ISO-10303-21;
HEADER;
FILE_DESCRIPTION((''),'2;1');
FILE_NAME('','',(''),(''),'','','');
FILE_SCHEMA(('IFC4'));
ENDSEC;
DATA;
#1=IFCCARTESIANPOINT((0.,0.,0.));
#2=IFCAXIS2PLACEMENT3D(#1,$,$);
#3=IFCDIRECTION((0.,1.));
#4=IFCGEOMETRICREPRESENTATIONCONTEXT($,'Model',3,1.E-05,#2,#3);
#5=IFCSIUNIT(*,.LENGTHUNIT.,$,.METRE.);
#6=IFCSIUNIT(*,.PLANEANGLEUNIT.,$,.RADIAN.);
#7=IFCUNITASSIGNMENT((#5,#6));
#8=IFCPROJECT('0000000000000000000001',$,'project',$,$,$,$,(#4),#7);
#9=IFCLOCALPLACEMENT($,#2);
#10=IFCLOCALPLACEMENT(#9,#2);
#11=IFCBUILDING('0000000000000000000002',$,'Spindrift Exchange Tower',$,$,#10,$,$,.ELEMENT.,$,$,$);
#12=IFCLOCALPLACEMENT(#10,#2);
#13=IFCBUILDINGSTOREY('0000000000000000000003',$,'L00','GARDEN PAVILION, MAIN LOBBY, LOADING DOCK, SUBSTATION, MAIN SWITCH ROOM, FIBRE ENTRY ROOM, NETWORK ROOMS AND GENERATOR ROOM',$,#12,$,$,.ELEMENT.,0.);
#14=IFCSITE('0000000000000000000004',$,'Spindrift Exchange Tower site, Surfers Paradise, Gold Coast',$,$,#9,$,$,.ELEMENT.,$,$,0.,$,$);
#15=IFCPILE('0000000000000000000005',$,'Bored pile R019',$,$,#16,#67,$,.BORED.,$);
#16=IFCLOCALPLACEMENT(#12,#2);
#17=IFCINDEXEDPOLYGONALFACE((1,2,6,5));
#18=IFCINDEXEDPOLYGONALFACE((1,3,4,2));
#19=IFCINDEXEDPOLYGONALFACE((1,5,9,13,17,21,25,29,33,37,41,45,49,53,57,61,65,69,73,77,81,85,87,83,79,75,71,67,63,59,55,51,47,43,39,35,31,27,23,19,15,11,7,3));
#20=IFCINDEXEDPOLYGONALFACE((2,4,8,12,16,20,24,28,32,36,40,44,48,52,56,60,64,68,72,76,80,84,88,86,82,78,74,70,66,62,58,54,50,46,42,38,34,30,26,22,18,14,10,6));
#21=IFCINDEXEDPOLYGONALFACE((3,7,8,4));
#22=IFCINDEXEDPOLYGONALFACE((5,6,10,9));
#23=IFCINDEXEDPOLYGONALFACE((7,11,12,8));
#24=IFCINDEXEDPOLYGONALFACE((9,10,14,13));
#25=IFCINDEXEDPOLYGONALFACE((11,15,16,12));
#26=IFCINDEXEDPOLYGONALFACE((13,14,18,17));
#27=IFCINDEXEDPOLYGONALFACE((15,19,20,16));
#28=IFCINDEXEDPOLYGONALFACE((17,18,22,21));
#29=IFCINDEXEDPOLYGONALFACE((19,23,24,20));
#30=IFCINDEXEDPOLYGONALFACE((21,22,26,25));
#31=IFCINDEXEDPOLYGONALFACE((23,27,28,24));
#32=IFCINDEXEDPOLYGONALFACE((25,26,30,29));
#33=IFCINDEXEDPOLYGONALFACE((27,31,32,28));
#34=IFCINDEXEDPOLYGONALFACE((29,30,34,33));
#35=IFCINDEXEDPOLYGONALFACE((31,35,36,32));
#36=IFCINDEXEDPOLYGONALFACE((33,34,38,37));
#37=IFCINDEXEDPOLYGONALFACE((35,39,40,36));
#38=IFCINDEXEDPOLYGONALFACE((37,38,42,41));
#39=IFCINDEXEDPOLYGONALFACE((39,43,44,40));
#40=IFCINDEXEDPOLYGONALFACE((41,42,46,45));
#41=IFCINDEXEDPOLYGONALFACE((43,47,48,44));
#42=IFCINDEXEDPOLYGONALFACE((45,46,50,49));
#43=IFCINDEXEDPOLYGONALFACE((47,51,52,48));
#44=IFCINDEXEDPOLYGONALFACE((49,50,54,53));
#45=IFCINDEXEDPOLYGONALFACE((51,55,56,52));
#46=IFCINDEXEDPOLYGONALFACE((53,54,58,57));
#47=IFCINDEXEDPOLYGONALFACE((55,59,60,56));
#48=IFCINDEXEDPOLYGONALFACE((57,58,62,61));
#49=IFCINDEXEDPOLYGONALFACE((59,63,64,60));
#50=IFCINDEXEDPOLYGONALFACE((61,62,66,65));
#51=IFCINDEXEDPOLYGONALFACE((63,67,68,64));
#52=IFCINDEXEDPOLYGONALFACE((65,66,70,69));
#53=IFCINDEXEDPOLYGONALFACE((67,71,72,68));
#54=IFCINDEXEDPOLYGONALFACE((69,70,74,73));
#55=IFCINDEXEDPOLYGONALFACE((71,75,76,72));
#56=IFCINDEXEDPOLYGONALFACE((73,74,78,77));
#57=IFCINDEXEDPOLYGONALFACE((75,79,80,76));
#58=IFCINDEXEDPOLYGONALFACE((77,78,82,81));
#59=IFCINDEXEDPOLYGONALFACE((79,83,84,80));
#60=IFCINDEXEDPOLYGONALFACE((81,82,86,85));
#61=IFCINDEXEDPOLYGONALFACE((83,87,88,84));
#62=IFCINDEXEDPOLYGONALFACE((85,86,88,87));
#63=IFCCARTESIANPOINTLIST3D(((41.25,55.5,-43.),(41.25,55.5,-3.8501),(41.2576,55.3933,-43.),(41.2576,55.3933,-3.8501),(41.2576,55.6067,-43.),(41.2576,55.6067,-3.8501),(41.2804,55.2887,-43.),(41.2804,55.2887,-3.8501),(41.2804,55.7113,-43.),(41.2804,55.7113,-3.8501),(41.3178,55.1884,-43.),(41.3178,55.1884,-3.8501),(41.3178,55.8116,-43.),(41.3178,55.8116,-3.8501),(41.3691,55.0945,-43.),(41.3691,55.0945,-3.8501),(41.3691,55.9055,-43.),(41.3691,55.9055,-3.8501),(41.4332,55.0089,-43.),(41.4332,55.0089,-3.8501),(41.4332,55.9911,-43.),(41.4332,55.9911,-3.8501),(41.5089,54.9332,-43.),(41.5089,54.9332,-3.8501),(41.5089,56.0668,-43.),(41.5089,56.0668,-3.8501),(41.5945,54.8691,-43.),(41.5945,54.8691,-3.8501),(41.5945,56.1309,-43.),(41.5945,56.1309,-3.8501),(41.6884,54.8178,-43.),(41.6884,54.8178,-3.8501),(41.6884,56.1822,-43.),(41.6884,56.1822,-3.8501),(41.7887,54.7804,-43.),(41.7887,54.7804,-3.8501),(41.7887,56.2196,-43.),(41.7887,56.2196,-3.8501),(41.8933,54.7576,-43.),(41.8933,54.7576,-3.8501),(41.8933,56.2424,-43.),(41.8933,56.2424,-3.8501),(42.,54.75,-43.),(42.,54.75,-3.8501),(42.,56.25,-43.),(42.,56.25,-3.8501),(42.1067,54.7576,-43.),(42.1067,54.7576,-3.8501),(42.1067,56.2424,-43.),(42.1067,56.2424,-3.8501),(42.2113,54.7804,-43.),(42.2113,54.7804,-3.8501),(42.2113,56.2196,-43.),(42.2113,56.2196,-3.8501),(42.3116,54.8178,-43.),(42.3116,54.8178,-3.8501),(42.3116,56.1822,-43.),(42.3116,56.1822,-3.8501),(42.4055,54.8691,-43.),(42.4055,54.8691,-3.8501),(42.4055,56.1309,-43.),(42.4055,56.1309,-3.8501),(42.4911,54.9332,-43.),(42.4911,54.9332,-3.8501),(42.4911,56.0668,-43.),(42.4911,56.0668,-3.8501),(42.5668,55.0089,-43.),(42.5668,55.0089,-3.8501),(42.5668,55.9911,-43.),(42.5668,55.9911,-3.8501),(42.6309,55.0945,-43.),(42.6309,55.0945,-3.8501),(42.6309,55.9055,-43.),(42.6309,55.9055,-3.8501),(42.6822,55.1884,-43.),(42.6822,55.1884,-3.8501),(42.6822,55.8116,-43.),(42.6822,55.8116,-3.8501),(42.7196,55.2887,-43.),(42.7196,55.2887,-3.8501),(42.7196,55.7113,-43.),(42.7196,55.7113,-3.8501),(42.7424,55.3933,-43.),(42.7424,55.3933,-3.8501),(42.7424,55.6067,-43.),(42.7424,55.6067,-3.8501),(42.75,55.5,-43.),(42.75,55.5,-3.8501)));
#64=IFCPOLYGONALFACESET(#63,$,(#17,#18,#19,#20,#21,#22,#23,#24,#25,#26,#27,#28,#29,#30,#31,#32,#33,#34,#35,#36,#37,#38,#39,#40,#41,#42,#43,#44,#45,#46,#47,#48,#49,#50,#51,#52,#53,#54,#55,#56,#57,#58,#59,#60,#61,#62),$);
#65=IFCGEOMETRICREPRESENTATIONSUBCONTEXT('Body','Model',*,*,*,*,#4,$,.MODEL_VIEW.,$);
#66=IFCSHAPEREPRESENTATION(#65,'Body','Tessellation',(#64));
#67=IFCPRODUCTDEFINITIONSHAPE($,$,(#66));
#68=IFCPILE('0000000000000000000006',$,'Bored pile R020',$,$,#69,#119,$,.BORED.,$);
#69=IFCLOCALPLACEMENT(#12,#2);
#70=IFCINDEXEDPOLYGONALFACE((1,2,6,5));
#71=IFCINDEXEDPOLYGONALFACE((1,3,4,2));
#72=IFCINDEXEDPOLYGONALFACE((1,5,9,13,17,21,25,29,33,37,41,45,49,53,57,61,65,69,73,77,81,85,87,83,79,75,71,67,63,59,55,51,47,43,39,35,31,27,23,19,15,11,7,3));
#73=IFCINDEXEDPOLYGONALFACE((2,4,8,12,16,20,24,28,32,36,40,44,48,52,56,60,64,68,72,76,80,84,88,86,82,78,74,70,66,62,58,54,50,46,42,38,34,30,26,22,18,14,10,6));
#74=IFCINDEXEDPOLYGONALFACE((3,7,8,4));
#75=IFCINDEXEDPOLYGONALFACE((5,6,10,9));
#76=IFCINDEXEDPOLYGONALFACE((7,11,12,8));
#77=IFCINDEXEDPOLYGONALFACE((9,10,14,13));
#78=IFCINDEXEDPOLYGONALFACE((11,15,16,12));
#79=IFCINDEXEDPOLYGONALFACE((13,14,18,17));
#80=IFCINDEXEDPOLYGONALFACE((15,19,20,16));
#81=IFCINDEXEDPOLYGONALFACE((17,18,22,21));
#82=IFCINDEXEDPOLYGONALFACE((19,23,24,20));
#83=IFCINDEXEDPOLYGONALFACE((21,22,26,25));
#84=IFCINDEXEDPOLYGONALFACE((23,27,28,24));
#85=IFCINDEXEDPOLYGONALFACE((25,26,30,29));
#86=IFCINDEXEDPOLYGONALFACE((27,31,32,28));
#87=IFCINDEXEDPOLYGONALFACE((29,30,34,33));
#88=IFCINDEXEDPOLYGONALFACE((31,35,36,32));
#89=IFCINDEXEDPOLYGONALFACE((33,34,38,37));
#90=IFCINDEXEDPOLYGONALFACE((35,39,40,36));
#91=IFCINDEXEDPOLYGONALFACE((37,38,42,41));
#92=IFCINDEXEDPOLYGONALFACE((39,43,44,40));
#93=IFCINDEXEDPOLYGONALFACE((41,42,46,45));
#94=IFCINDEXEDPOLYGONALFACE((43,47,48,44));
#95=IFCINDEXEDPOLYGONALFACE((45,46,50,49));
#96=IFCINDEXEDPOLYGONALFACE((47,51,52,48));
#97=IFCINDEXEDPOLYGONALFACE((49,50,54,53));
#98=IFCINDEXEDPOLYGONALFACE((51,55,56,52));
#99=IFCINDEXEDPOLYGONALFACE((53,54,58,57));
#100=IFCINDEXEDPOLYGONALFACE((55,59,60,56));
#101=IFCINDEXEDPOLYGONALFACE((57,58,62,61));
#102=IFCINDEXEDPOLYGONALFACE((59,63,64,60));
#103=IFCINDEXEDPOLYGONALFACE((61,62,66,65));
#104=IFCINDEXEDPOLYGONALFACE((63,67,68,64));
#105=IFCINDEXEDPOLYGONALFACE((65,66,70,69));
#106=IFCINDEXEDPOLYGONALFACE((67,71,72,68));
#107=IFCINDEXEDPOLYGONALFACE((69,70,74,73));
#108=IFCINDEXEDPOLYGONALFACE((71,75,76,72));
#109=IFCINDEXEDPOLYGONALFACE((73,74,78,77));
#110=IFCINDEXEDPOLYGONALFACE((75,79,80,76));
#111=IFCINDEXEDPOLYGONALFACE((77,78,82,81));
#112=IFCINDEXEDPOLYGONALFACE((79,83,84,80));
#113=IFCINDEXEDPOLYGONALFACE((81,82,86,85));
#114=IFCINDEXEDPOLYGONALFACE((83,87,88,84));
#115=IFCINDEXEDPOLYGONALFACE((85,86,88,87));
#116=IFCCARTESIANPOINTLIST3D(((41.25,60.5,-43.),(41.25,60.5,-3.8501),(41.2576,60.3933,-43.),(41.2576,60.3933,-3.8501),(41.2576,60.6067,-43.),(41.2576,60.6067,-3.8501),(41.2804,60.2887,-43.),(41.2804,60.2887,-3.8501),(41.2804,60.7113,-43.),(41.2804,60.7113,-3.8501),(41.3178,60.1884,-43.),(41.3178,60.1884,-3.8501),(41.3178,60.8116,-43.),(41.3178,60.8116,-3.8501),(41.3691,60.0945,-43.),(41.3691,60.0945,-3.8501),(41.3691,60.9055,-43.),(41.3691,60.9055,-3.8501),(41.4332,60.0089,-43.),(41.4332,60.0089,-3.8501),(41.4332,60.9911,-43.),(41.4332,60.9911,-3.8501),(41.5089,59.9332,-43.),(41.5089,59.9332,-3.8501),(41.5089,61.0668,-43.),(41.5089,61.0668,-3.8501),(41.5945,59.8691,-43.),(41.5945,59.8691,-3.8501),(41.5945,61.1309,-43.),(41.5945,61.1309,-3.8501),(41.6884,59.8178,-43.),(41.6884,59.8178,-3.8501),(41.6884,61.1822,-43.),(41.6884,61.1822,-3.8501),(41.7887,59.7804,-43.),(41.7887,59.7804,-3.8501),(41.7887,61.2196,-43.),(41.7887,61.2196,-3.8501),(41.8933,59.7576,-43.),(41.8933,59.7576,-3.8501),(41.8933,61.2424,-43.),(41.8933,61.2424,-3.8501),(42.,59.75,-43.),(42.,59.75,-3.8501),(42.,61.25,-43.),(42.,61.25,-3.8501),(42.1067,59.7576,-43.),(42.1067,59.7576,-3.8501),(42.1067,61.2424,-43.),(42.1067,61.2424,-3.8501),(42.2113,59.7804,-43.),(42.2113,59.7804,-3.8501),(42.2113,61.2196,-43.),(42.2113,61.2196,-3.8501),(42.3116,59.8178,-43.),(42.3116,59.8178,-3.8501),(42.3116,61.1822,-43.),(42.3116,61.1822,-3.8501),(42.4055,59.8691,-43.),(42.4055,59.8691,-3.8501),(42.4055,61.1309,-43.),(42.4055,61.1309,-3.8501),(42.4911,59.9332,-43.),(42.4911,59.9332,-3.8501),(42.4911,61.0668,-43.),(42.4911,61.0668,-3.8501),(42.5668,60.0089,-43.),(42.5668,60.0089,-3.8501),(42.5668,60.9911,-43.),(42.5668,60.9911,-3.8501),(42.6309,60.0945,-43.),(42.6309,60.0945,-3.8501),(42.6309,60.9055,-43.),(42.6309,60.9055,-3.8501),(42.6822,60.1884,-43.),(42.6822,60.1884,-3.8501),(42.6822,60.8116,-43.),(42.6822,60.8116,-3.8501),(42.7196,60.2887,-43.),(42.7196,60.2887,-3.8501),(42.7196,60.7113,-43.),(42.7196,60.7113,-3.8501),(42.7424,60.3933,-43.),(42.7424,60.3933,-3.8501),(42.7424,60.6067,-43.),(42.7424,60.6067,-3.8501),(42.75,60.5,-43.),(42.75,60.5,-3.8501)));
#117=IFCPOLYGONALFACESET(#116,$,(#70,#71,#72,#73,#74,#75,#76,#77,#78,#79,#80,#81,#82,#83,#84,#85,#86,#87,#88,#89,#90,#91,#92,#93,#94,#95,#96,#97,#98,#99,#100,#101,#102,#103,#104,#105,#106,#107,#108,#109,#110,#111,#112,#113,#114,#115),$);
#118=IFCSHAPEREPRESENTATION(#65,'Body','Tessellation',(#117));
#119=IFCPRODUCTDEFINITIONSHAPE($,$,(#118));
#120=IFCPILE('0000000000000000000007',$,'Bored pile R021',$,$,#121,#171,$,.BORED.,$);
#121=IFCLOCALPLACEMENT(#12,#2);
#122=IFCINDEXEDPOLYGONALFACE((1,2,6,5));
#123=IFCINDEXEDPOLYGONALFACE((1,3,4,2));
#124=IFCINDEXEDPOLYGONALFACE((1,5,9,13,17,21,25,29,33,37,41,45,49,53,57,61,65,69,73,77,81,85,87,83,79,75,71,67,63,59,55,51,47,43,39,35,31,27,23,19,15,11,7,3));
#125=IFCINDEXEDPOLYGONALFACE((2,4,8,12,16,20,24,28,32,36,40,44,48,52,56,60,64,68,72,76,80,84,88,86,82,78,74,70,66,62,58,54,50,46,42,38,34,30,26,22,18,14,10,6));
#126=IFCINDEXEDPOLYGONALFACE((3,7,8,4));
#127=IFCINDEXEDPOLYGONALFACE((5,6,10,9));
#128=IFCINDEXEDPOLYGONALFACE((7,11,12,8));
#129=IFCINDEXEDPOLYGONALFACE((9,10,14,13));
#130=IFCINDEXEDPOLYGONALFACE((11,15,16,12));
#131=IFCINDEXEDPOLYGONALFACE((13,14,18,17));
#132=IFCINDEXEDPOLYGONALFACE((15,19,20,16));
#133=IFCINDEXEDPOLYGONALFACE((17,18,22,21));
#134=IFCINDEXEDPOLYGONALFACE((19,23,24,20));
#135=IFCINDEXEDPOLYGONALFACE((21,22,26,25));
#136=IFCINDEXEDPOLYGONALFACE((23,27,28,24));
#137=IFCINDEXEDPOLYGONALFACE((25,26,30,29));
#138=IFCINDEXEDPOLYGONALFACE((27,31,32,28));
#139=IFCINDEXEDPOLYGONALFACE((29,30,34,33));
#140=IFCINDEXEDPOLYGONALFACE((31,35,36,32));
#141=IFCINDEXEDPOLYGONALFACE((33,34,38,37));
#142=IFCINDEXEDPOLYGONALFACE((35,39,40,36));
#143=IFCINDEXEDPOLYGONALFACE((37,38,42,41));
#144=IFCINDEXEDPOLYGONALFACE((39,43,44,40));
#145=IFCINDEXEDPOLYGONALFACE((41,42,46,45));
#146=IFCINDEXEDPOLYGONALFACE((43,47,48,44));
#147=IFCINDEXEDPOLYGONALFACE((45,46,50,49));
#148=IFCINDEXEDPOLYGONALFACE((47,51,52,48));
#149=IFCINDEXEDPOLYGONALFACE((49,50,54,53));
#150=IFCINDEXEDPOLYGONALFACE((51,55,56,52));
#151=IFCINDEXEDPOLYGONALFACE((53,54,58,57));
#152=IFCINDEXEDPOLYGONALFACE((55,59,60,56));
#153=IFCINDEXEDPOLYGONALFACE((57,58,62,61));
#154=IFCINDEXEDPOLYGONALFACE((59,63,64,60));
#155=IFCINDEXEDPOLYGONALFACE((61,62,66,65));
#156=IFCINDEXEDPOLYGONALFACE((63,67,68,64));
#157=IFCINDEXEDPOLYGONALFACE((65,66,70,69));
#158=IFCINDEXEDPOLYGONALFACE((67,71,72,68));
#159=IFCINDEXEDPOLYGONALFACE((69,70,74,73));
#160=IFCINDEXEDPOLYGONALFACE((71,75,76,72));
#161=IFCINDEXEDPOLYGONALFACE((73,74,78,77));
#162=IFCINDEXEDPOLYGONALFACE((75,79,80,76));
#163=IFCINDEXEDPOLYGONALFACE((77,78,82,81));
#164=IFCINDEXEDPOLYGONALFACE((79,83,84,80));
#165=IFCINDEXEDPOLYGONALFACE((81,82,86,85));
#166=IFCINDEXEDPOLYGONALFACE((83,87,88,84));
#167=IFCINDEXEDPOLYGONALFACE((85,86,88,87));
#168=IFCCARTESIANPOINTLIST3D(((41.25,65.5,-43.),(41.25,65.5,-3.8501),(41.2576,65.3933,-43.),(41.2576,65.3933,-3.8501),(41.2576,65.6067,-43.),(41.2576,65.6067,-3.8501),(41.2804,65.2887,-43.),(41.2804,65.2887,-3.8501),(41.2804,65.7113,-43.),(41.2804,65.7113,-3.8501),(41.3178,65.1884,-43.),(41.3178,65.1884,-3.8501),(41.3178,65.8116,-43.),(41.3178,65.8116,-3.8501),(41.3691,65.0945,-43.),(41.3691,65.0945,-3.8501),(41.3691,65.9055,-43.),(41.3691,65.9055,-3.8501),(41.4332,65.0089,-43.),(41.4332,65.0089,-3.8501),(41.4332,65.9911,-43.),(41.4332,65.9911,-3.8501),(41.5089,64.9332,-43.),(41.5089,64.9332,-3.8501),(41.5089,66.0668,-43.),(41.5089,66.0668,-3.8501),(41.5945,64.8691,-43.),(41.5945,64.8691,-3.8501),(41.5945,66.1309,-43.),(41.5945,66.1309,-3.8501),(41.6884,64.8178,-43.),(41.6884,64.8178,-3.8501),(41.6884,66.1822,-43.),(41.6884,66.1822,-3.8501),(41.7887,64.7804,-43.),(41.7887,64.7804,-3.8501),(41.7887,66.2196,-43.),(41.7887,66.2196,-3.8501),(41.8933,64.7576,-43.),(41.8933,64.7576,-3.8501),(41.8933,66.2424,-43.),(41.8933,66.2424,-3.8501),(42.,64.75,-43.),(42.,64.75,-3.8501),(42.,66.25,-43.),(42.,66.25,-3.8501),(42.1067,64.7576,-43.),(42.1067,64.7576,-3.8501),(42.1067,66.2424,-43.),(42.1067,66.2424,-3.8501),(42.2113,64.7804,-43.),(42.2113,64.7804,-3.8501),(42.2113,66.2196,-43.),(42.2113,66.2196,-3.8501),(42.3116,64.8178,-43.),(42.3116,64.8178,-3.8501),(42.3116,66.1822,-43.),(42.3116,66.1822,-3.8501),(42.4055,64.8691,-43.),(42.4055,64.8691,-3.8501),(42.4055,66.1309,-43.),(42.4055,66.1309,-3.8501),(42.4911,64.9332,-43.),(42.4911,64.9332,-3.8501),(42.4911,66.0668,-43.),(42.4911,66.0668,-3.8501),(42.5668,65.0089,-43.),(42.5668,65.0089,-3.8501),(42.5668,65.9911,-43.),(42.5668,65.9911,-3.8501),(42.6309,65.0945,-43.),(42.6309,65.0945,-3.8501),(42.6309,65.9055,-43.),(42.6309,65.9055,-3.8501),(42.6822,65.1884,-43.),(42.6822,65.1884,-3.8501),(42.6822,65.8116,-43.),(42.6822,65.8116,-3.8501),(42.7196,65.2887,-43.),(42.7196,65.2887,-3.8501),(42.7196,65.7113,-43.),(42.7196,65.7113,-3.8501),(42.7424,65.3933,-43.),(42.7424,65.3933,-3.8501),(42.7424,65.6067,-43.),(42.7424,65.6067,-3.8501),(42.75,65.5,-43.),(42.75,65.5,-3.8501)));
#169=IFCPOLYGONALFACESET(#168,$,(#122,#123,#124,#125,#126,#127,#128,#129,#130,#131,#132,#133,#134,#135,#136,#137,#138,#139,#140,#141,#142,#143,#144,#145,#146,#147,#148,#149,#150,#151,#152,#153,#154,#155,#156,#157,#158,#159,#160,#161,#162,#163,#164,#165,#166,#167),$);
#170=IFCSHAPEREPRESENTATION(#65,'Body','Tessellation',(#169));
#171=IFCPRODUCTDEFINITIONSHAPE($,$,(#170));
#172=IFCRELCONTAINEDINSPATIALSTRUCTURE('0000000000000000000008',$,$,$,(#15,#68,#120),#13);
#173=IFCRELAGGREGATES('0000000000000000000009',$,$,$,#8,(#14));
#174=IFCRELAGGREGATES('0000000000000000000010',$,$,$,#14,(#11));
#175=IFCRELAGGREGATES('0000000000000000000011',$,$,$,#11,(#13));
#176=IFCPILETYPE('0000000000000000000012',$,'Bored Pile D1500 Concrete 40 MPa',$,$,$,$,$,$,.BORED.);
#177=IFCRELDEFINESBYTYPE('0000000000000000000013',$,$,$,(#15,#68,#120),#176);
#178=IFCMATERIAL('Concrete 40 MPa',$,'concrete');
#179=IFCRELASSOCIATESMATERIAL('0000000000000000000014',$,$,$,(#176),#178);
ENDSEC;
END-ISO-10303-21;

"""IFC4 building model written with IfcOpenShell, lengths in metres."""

from ifc_helpers import new_model, si_unit, direction, frame, origin, origin_2d, place, context, subcontext, project, spatial, circle, extrude, source, transform, mapped, material, material_profile, profile_set, type_object, element, save


model = new_model("IFC4")

# Units and contexts
model_context = context("Model", 3, precision=1e-05, world=origin(), true_north=direction((0.0, 1.0)))
body_context = subcontext(model_context, "Body", "Model", "MODEL_VIEW")
ifc_project = project(units=[si_unit("LENGTHUNIT", "METRE"), si_unit("PLANEANGLEUNIT", "RADIAN")], contexts=[model_context])

# Site, building, storey
site_placement = place(None, origin())
site = spatial("IfcSite", under=ifc_project, at=site_placement, Name="Spindrift Exchange Tower site, Surfers Paradise, Gold Coast", CompositionType="ELEMENT", RefElevation=0.0)
building_placement = place(site_placement, origin())
building = spatial("IfcBuilding", under=site, at=building_placement, Name="Spindrift Exchange Tower", CompositionType="ELEMENT")
storey_placement = place(building_placement, origin())
storey = spatial("IfcBuildingStorey", under=building, at=storey_placement, Name="L00", Description="GARDEN PAVILION, MAIN LOBBY, LOADING DOCK, SUBSTATION, MAIN SWITCH ROOM, FIBRE ENTRY ROOM, NETWORK ROOMS AND GENERATOR ROOM", CompositionType="ELEMENT", Elevation=0.0)

# Piles
ifc_material_1 = material(Name="Concrete 40 MPa", Category="concrete")
ifc_material_profile_1 = material_profile(ifc_material_1, circle(Radius=0.75, at=origin_2d()), Name="BP D1500")
ifc_profile_set_1 = profile_set([ifc_material_profile_1], Name="Concrete 40 MPa")
pile_type_1 = type_object("IfcPileType", Name="Bored Pile D1500 Concrete 40 MPa", PredefinedType="BORED", material=ifc_profile_set_1)
shared_shape_1 = source(origin(), body_context, "Body", "SweptSolid", [
    extrude(circle(Radius=0.75, at=origin_2d()), origin(), (0.0, 0.0, 1.0), 39.1499),
])
for number, where, z_axis, x_axis, name in (
    (1, (42.0, 55.5, -3.8501), (0.0, 0.0, -1.0), (1.0, 0.0, 0.0), "Bored pile R019"),
    (2, (42.0, 60.5, -3.8501), (0.0, 0.0, -1.0), (1.0, 0.0, 0.0), "Bored pile R020"),
    (3, (42.0, 65.5, -3.8501), (0.0, 0.0, -1.0), (1.0, 0.0, 0.0), "Bored pile R021"),
):
    element("IfcPile", number, at=place(storey_placement, frame(where, z_axis=z_axis, x_axis=x_axis)), inside=storey, type_object=pile_type_1, Name=name, PredefinedType="BORED", context=body_context, shape_type="MappedRepresentation", body=[
        mapped(shared_shape_1, transform((0.0, 0.0, 0.0), scale=1.0)),
    ])

save(model, "model.ifc")
